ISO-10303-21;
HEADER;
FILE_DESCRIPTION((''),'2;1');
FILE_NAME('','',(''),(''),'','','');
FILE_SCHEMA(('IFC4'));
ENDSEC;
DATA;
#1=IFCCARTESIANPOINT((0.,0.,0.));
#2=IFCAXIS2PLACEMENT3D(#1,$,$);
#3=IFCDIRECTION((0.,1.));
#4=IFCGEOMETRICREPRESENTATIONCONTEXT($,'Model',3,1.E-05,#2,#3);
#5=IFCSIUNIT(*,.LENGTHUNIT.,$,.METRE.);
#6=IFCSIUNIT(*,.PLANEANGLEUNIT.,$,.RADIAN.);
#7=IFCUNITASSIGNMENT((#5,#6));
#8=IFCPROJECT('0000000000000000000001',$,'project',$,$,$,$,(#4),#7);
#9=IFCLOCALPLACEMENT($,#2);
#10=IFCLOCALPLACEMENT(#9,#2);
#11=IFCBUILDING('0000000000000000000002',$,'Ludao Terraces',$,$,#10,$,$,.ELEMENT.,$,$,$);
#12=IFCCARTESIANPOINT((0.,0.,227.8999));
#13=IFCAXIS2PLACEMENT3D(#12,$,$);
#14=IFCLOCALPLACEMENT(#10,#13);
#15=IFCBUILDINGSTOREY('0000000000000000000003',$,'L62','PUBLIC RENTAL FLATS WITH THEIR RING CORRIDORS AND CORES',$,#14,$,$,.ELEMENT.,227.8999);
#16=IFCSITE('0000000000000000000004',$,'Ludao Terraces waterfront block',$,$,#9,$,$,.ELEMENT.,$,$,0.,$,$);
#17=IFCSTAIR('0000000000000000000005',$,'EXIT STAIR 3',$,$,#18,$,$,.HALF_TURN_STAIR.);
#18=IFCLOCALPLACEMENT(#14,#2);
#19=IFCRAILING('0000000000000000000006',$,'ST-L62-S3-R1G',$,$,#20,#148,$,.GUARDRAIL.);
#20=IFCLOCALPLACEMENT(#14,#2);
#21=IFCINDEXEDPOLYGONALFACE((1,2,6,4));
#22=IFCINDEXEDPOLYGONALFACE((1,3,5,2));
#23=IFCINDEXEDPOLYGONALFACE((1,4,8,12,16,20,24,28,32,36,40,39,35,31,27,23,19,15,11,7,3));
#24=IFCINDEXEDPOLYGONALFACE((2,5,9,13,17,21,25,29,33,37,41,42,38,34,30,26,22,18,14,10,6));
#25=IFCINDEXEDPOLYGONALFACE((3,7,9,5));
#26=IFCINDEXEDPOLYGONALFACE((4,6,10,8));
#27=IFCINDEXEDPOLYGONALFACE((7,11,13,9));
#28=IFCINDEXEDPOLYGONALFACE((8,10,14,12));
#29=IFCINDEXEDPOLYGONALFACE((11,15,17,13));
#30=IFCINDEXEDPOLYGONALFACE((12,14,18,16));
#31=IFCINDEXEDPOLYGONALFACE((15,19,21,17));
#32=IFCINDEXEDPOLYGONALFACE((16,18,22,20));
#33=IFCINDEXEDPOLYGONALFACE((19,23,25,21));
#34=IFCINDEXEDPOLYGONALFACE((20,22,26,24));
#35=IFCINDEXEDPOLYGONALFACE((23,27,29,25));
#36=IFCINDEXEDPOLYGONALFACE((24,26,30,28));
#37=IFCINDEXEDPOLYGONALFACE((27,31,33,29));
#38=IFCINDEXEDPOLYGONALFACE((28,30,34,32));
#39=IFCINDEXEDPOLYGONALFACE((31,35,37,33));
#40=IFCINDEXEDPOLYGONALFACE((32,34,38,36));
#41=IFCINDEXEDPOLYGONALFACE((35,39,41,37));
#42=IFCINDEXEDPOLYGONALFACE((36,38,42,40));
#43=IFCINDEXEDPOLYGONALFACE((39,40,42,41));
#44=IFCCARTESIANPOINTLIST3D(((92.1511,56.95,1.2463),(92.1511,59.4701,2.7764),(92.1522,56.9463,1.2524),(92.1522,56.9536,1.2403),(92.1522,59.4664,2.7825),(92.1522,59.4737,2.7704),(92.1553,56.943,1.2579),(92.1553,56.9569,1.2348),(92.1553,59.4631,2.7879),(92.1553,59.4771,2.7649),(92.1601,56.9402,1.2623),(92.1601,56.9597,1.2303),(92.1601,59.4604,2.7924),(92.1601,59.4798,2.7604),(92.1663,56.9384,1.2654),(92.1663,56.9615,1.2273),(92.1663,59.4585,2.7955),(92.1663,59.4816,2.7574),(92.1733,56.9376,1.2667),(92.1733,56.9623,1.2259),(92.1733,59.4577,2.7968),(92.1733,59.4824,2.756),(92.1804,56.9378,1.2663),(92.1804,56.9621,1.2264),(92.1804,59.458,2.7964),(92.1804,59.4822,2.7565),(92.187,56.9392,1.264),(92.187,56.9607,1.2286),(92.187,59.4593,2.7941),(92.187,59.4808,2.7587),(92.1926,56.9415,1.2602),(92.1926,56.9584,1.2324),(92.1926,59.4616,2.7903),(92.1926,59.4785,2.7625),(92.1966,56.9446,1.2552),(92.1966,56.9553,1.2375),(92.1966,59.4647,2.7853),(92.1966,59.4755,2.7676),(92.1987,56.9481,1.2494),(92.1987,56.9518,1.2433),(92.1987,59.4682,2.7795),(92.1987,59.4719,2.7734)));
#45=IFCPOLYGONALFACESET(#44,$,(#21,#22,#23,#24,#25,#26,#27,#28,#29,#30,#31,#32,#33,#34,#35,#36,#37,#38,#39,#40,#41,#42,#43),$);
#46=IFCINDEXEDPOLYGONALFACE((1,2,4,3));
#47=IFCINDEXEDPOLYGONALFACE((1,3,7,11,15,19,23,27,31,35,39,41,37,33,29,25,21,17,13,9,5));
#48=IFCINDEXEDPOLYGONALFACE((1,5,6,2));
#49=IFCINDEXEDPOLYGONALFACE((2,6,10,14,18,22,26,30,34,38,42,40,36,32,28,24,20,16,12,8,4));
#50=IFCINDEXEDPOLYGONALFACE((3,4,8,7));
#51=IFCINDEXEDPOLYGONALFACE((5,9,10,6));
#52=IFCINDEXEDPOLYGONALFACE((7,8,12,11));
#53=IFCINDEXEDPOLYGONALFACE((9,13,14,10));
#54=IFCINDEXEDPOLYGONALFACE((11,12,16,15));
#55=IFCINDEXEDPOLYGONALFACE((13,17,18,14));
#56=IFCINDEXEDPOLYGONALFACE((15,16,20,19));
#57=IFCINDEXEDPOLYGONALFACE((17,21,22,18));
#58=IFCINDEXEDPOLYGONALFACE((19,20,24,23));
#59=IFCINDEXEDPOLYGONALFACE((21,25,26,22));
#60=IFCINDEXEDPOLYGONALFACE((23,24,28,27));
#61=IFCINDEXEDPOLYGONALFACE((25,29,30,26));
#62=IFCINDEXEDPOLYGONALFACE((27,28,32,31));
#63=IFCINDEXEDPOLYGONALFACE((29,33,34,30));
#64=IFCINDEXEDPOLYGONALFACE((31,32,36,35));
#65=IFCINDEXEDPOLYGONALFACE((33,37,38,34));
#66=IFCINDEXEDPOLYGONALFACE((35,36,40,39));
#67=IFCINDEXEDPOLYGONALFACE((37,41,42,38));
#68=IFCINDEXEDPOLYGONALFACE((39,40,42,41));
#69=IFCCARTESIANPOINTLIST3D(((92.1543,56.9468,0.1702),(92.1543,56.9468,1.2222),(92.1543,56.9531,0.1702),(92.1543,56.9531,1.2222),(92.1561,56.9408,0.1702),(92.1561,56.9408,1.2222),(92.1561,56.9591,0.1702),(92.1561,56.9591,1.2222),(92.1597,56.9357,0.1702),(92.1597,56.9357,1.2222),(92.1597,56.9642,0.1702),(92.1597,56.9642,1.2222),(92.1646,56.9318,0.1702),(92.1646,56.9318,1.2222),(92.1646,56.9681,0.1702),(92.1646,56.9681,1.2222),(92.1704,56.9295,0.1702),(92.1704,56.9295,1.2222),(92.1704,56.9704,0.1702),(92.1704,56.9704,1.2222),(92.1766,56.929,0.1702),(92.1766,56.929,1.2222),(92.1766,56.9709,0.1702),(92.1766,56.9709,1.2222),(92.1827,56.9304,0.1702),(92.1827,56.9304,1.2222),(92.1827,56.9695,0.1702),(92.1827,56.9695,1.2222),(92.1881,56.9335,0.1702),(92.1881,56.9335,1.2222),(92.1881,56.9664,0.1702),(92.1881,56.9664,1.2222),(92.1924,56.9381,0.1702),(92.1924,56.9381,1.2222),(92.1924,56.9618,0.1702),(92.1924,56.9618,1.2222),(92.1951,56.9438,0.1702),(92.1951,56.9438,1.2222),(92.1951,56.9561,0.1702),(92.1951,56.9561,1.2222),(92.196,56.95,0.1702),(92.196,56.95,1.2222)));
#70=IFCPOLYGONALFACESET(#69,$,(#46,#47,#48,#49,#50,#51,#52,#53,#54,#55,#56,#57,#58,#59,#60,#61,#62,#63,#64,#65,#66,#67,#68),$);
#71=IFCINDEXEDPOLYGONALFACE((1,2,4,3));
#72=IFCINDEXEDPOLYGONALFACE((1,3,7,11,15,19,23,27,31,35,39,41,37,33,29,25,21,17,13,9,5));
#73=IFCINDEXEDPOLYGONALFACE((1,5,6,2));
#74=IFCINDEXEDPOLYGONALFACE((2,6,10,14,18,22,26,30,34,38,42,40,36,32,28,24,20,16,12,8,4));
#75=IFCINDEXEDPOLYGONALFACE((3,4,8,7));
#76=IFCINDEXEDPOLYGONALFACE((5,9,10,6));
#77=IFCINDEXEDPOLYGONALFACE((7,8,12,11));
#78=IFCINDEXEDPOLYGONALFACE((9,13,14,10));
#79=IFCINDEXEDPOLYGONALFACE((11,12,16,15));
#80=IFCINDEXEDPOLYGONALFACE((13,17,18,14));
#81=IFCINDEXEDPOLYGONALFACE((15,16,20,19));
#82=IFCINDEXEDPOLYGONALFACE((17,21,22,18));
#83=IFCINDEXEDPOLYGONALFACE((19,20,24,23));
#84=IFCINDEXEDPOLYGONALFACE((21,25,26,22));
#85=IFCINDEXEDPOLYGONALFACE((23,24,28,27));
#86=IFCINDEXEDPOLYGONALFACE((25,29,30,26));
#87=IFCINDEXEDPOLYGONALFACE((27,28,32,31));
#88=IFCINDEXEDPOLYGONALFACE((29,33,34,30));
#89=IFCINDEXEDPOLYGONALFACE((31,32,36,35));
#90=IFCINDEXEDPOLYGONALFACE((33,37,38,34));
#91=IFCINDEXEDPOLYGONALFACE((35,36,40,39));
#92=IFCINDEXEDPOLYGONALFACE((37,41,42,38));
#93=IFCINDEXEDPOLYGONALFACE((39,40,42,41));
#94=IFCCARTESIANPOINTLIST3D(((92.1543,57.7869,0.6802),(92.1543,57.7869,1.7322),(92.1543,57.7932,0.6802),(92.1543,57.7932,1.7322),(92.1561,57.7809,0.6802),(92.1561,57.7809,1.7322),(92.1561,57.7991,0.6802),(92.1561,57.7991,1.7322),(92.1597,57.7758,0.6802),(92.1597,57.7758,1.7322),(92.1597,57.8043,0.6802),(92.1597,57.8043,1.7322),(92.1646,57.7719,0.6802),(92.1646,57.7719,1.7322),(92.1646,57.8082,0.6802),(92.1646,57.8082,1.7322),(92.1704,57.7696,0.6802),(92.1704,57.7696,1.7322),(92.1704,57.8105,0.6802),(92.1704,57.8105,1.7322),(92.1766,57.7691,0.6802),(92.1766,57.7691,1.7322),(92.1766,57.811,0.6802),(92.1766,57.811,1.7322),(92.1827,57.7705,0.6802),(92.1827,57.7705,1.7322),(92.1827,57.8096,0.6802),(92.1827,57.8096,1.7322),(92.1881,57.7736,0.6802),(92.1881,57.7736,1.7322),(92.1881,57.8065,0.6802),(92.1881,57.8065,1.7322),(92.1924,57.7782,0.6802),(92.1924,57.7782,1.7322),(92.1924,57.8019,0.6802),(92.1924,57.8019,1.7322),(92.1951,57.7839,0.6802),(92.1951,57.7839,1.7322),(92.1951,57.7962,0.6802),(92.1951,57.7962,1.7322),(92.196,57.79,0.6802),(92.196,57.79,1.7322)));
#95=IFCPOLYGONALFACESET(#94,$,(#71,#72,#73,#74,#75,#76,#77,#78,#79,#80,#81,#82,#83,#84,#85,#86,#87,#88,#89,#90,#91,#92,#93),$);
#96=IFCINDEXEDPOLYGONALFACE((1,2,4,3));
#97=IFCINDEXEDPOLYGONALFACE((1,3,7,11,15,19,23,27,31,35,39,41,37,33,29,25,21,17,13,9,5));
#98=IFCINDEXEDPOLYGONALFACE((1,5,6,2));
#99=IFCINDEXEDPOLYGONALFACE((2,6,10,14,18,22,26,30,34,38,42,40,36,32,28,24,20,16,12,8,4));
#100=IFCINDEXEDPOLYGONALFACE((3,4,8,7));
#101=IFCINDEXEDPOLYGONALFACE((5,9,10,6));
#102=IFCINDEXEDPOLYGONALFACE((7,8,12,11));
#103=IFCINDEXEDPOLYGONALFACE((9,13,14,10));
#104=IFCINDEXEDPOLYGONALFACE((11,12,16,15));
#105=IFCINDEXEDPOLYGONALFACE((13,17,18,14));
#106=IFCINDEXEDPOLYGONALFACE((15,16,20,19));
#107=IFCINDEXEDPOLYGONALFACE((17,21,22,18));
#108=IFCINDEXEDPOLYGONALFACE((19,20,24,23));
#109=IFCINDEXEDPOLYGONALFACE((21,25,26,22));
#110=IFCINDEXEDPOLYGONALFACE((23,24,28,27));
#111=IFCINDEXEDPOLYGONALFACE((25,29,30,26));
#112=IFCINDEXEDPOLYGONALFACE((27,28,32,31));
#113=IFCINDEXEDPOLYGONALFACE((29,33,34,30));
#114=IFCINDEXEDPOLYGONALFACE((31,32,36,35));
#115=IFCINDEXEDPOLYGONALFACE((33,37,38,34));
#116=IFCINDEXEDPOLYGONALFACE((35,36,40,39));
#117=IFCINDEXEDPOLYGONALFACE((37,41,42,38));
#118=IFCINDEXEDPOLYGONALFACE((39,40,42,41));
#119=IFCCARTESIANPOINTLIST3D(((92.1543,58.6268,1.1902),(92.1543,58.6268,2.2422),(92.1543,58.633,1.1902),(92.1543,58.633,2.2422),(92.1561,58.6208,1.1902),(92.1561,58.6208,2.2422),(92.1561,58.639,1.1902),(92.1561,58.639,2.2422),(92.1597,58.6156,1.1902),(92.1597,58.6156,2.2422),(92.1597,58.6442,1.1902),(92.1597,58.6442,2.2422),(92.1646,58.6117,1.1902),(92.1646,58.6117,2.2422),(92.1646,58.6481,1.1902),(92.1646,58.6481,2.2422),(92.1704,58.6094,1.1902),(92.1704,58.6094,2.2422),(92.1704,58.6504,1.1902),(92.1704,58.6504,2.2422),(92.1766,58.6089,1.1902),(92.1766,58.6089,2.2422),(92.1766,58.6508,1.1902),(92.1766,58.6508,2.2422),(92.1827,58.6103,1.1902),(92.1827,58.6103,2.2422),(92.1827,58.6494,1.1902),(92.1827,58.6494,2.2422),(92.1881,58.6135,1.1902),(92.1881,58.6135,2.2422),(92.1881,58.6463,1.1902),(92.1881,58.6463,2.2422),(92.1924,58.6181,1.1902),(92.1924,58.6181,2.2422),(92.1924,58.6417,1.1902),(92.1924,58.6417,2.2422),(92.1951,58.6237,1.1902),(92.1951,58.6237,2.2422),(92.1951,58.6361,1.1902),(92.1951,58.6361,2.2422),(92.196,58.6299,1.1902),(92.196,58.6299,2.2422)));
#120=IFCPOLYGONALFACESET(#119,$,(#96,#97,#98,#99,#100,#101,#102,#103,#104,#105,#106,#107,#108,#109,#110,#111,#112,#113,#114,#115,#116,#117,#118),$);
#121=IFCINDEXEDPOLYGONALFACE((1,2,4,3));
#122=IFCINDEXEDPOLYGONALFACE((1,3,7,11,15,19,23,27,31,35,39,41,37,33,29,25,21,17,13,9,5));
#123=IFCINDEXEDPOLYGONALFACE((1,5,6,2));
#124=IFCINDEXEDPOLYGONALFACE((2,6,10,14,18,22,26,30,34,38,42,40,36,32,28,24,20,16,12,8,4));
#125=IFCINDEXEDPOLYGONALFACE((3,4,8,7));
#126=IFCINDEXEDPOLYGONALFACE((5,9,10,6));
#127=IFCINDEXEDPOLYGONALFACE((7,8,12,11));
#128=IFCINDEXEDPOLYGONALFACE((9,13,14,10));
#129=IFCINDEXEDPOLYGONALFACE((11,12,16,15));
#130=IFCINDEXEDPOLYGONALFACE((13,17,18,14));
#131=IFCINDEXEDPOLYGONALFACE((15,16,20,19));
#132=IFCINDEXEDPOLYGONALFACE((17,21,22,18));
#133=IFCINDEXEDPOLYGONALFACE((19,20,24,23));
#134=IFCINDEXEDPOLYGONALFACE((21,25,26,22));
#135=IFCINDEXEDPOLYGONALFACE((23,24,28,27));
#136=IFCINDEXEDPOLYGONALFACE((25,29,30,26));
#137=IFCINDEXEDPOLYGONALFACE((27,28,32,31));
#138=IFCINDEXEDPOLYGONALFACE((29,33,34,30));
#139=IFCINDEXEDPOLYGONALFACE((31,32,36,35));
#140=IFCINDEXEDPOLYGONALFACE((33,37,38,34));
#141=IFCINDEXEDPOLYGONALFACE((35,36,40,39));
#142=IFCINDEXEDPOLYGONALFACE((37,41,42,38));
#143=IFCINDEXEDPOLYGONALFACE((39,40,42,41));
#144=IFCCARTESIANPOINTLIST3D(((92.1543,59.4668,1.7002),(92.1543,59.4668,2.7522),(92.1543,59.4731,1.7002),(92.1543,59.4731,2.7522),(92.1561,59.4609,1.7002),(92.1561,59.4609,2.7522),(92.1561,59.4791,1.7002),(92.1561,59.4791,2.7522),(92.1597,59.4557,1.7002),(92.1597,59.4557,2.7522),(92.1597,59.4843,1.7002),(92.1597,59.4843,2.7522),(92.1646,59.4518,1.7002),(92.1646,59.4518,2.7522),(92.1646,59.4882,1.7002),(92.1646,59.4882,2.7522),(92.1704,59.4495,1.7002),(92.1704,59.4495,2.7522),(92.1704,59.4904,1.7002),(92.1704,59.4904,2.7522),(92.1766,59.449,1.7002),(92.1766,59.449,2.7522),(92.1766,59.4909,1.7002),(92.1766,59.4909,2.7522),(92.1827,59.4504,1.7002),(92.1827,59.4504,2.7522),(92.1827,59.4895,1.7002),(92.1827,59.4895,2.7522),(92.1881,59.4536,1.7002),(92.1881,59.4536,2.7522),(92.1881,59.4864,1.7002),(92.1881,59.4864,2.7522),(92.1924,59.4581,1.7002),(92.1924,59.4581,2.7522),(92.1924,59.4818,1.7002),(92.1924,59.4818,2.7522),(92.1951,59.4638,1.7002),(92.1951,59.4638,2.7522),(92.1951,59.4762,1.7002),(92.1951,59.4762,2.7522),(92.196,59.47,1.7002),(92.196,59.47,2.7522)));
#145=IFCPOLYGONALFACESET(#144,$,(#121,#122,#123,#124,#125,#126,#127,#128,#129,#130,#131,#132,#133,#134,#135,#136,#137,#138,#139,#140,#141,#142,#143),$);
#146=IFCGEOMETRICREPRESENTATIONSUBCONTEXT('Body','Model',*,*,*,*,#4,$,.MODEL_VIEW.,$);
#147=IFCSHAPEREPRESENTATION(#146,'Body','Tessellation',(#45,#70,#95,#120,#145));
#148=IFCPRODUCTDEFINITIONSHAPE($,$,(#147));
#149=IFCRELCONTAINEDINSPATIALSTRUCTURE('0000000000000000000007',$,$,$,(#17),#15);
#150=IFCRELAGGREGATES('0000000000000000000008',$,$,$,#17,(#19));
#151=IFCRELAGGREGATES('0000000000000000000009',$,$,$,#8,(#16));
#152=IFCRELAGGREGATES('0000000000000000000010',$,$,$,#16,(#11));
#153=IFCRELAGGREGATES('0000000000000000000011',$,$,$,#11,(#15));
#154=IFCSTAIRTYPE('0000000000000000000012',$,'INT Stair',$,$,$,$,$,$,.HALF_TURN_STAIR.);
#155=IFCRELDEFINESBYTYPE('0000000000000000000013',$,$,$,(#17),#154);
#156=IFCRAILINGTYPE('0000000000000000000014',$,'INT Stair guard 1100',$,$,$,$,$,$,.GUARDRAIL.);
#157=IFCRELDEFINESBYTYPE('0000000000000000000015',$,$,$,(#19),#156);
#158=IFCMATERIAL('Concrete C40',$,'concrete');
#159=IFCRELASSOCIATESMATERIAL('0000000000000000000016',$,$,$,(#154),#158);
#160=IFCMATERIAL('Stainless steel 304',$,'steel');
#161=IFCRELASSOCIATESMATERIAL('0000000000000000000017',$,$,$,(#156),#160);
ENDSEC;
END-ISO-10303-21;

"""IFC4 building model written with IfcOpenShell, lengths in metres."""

from ifc_helpers import new_model, si_unit, direction, frame, origin, origin_2d, place, context, subcontext, project, spatial, circle, extrude, material, type_object, element, aggregate, save


model = new_model("IFC4")

# Units and contexts
model_context = context("Model", 3, precision=1e-05, world=origin(), true_north=direction((0.0, 1.0)))
body_context = subcontext(model_context, "Body", "Model", "MODEL_VIEW")
ifc_project = project(units=[si_unit("LENGTHUNIT", "METRE"), si_unit("PLANEANGLEUNIT", "RADIAN")], contexts=[model_context])

# Site, building, storey
site_placement = place(None, origin())
site = spatial("IfcSite", under=ifc_project, at=site_placement, Name="Ludao Terraces waterfront block", CompositionType="ELEMENT", RefElevation=0.0)
building_placement = place(site_placement, origin())
building = spatial("IfcBuilding", under=site, at=building_placement, Name="Ludao Terraces", CompositionType="ELEMENT")
storey_placement = place(building_placement, frame((0.0, 0.0, 227.8999)))
storey = spatial("IfcBuildingStorey", under=building, at=storey_placement, Name="L62", Description="PUBLIC RENTAL FLATS WITH THEIR RING CORRIDORS AND CORES", CompositionType="ELEMENT", Elevation=227.8999)

# Shared definitions
ifc_material_1 = material(Name="Concrete C40", Category="concrete")

# Stair, railing
stair_type = type_object("IfcStairType", Name="INT Stair", PredefinedType="HALF_TURN_STAIR", material=ifc_material_1)
stair_placement = place(storey_placement, origin())
stair = element("IfcStair", 1, at=stair_placement, inside=storey, type_object=stair_type, Name="EXIT STAIR 3", PredefinedType="HALF_TURN_STAIR")
ifc_material_2 = material(Name="Stainless steel 304", Category="steel")
railing_type_1 = type_object("IfcRailingType", Name="INT Stair guard 1100", PredefinedType="GUARDRAIL", material=ifc_material_2)
railing_1_placement = place(storey_placement, frame((92.175, 56.95, 0.1702)))
railing_1 = element("IfcRailing", 2, at=railing_1_placement, type_object=railing_type_1, Name="ST-L62-S3-R1G", PredefinedType="GUARDRAIL", context=body_context, shape_type="SweptSolid", body=[
    extrude(circle(Radius=0.0239, at=origin_2d()), frame((0.0, 0.0, 1.0762), z_axis=(0.0, 0.854785, 0.518982), x_axis=(-1.0, 0.0, 0.0)), (0.0, 0.0, 1.0), 2.9482),
    extrude(circle(Radius=0.021, at=origin_2d()), origin(), (0.0, 0.0, 1.0), 1.052),
    extrude(circle(Radius=0.021, at=origin_2d()), frame((0.0, 0.8401, 0.51)), (0.0, 0.0, 1.0), 1.052),
    extrude(circle(Radius=0.021, at=origin_2d()), frame((0.0, 1.6799, 1.02)), (0.0, 0.0, 1.0), 1.052),
    extrude(circle(Radius=0.021, at=origin_2d()), frame((0.0, 2.52, 1.53)), (0.0, 0.0, 1.0), 1.052),
])
aggregate(stair, [railing_1])

save(model, "model.ifc")
